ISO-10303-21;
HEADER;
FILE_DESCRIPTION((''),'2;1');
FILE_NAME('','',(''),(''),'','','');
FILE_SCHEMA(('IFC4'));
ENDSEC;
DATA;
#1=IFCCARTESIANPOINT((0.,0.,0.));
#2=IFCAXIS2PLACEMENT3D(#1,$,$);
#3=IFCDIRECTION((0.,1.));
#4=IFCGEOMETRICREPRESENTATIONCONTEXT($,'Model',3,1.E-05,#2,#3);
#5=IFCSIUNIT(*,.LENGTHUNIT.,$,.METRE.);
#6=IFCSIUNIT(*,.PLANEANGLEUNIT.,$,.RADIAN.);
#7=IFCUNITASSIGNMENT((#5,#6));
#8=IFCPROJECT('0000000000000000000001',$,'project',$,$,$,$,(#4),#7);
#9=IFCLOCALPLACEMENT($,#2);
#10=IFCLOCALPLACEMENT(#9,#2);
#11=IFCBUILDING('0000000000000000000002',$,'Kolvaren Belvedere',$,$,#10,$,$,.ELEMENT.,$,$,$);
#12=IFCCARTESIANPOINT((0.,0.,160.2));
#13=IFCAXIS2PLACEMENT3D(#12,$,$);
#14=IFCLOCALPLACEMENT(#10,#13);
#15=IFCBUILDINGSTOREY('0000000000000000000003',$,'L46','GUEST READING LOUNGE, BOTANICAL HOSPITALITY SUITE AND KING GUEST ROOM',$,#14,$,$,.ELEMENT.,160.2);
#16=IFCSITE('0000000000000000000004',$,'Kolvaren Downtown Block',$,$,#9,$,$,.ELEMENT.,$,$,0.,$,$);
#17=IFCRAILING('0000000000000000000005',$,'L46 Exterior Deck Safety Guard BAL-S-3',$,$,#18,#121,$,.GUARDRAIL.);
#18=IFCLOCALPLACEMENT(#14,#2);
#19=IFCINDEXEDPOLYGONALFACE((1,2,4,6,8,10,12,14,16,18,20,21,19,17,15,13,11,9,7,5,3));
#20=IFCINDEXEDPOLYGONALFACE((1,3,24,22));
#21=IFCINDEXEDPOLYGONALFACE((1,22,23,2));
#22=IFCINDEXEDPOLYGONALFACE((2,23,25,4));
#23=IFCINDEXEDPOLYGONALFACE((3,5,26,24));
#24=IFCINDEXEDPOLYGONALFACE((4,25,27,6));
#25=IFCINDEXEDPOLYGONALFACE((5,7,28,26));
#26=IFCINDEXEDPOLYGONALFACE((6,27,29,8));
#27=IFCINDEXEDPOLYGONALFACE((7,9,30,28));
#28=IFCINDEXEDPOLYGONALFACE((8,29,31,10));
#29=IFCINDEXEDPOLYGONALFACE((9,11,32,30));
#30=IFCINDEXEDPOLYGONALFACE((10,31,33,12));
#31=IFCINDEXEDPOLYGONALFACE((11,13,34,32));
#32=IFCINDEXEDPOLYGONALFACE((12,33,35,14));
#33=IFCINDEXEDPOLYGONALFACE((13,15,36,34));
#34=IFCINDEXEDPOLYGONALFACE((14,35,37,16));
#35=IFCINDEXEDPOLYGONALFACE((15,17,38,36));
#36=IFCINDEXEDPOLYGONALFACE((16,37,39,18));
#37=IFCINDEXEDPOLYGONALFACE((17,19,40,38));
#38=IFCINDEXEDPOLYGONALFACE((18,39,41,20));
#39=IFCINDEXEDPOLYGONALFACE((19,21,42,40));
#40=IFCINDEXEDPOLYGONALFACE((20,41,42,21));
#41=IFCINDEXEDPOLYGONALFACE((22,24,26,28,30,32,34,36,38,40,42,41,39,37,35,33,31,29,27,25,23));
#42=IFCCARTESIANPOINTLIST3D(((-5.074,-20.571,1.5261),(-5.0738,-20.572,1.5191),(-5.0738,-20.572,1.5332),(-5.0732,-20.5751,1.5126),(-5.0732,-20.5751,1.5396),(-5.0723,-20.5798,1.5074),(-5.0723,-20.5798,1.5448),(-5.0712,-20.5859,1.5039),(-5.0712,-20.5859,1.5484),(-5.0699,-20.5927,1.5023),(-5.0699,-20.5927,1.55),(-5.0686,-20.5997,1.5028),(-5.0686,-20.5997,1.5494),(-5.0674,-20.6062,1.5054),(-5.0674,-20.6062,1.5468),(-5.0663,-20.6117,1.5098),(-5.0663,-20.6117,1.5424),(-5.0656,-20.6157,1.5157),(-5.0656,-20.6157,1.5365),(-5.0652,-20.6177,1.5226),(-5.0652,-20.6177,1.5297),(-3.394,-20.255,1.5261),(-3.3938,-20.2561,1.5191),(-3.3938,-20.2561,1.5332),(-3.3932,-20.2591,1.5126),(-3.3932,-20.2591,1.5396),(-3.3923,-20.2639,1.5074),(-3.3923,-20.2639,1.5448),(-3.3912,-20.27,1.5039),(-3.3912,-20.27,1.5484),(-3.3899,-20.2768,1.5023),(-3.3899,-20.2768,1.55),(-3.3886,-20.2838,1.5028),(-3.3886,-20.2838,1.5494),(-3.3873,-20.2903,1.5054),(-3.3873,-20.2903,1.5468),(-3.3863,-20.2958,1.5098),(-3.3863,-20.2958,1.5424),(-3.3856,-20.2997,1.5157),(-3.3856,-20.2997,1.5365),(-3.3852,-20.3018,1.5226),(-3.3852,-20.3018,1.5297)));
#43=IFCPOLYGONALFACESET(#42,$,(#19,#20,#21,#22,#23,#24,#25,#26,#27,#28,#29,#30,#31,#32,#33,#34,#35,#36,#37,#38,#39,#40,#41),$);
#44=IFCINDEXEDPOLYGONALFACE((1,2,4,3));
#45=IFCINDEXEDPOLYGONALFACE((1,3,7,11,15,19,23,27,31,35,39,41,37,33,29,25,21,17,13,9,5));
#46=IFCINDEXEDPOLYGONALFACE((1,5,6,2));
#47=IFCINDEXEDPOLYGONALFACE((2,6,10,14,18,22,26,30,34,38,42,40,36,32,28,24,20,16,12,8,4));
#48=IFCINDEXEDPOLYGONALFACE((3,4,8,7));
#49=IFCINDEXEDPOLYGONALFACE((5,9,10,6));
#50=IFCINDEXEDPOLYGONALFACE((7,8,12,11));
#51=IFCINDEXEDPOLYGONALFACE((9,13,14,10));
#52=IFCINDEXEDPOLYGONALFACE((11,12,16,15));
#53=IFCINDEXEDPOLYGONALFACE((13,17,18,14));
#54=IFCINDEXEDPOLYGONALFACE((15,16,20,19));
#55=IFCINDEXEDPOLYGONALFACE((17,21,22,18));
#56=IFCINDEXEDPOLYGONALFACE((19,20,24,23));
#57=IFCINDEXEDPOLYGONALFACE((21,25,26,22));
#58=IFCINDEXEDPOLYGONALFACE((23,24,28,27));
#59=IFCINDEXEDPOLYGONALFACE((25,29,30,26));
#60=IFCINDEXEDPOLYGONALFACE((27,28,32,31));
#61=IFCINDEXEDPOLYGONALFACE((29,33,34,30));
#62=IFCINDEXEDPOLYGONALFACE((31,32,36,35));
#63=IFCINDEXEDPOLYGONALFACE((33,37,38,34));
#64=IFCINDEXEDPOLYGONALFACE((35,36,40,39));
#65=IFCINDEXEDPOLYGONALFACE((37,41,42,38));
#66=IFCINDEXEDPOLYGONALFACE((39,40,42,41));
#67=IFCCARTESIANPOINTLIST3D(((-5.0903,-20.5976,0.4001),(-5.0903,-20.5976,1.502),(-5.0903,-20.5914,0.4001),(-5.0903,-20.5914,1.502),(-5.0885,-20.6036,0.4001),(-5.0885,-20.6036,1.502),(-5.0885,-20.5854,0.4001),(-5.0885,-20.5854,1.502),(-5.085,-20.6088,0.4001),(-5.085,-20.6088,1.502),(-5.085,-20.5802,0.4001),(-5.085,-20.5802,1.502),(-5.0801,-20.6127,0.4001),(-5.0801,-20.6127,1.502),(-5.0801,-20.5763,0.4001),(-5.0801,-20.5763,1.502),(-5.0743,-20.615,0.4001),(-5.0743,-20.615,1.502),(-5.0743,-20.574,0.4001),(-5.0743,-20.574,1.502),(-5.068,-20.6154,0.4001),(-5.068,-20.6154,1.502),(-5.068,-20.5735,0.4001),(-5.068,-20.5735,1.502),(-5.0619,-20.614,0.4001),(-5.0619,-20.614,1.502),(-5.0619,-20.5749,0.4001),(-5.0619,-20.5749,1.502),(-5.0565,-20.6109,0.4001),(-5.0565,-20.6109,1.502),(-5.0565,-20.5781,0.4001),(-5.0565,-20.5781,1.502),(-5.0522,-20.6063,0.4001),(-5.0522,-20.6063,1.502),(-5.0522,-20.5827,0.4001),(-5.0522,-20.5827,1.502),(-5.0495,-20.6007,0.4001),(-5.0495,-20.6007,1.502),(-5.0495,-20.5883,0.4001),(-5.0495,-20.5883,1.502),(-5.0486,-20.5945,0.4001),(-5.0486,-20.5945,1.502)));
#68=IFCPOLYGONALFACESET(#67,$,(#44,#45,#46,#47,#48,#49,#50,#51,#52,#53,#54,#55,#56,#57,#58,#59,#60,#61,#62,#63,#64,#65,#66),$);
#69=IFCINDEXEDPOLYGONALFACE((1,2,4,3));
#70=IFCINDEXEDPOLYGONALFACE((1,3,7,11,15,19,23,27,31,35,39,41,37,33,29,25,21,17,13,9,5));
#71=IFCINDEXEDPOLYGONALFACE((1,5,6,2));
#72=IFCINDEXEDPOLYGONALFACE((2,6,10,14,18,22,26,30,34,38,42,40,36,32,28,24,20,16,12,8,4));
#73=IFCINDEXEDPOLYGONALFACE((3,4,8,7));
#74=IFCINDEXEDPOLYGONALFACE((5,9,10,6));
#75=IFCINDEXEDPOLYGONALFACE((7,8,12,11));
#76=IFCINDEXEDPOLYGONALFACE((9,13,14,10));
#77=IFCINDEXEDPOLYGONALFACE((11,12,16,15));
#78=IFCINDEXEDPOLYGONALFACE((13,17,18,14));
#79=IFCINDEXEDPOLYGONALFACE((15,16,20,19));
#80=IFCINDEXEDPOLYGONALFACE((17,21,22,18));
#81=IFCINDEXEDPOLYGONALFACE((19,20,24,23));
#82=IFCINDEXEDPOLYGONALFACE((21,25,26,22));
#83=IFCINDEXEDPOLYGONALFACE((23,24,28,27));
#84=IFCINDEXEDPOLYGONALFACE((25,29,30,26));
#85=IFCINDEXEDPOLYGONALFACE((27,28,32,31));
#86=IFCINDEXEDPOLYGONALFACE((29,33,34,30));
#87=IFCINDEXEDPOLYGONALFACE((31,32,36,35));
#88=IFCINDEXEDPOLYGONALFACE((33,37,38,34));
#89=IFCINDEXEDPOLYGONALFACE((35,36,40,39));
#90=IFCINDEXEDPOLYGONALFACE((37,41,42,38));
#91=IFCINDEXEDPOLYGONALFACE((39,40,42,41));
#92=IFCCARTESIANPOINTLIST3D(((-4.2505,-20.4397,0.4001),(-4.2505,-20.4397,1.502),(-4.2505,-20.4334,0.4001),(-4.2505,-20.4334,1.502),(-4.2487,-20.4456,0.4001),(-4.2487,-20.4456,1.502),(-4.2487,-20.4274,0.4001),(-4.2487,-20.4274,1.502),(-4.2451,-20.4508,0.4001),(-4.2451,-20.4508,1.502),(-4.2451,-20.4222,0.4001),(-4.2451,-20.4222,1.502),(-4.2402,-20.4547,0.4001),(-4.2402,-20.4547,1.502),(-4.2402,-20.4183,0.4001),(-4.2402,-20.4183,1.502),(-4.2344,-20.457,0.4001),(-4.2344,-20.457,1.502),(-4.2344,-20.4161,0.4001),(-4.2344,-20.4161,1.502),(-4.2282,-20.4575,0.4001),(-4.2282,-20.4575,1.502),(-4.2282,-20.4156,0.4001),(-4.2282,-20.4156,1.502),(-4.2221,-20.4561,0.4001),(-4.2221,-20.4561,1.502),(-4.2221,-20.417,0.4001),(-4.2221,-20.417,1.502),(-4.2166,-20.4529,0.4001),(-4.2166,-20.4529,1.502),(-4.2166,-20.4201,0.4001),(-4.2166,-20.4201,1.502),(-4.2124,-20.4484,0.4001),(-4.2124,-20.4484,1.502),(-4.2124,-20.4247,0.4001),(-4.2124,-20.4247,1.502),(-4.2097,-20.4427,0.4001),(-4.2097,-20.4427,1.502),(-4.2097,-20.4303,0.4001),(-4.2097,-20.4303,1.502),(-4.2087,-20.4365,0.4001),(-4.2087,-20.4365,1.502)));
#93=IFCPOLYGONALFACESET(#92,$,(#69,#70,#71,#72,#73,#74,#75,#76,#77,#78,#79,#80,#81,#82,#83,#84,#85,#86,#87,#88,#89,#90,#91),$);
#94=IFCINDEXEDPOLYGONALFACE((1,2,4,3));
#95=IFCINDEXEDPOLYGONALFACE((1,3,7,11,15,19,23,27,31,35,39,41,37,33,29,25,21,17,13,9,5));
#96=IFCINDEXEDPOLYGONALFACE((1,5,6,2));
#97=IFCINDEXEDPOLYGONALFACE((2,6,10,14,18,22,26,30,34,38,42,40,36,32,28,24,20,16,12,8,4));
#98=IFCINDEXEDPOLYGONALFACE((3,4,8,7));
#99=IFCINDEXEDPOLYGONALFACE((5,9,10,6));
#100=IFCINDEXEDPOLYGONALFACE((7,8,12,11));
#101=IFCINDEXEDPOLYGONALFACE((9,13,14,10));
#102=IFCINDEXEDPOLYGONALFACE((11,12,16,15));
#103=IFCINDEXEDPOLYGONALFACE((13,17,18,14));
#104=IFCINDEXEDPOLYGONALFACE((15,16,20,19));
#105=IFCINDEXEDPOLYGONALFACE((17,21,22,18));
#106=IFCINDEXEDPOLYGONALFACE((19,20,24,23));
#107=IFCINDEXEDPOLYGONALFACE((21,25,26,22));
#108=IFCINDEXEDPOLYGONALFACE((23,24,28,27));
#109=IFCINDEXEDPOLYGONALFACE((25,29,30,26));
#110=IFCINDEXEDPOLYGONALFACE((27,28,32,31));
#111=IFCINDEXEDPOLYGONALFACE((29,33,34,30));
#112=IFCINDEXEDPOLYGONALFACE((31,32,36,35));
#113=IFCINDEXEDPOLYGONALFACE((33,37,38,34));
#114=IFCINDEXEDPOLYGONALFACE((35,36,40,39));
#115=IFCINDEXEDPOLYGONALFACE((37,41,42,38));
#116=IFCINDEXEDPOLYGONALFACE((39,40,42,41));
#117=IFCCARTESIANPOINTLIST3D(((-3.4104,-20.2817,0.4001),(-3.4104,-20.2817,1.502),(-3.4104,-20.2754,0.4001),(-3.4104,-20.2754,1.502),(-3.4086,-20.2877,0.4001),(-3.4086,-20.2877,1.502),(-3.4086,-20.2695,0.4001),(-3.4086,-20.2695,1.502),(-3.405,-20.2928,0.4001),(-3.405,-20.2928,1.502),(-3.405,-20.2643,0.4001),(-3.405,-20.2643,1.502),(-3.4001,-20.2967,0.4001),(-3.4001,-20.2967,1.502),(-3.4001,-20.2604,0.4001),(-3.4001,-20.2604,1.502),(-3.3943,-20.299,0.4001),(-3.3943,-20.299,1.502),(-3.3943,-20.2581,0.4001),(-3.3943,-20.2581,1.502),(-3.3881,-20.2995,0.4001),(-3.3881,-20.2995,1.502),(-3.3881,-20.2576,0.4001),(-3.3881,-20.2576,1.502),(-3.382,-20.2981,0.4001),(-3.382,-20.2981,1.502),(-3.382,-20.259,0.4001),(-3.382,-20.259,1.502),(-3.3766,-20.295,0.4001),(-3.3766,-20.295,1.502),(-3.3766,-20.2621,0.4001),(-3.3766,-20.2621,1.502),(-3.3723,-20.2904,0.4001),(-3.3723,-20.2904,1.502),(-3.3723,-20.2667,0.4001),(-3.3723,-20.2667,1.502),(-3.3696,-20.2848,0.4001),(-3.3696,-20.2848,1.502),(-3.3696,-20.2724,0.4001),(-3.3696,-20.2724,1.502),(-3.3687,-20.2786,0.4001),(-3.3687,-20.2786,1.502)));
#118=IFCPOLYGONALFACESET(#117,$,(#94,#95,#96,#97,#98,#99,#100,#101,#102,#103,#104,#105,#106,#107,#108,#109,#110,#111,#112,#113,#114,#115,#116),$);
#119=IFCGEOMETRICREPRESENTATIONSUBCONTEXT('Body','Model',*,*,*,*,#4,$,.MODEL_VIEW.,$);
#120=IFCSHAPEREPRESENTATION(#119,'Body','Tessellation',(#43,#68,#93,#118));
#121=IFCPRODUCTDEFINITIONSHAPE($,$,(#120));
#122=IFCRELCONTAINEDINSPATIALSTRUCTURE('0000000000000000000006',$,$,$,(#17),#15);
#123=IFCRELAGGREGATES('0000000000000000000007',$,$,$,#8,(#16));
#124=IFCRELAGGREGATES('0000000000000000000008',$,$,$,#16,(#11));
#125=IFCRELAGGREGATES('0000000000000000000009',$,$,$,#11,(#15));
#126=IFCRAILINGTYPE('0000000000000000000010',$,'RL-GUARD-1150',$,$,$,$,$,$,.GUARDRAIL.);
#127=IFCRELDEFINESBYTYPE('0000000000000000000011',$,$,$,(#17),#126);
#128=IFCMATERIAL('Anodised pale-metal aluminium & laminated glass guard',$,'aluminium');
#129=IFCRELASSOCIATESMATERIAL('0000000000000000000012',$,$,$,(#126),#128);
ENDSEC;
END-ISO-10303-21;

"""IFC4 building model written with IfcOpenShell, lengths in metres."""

from ifc_helpers import new_model, si_unit, direction, frame, origin, origin_2d, place, context, subcontext, project, spatial, circle, extrude, material, type_object, element, save


model = new_model("IFC4")

# Units and contexts
model_context = context("Model", 3, precision=1e-05, world=origin(), true_north=direction((0.0, 1.0)))
body_context = subcontext(model_context, "Body", "Model", "MODEL_VIEW")
ifc_project = project(units=[si_unit("LENGTHUNIT", "METRE"), si_unit("PLANEANGLEUNIT", "RADIAN")], contexts=[model_context])

# Site, building, storey
site_placement = place(None, origin())
site = spatial("IfcSite", under=ifc_project, at=site_placement, Name="Kolvaren Downtown Block", CompositionType="ELEMENT", RefElevation=0.0)
building_placement = place(site_placement, origin())
building = spatial("IfcBuilding", under=site, at=building_placement, Name="Kolvaren Belvedere", CompositionType="ELEMENT")
storey_placement = place(building_placement, frame((0.0, 0.0, 160.2)))
storey = spatial("IfcBuildingStorey", under=building, at=storey_placement, Name="L46", Description="GUEST READING LOUNGE, BOTANICAL HOSPITALITY SUITE AND KING GUEST ROOM", CompositionType="ELEMENT", Elevation=160.2)

# Railing
ifc_material_1 = material(Name="Anodised pale-metal aluminium & laminated glass guard", Category="aluminium")
railing_type = type_object("IfcRailingType", Name="RL-GUARD-1150", PredefinedType="GUARDRAIL", material=ifc_material_1)
railing_1_placement = place(storey_placement, frame((-5.0696, -20.5945, 0.4001)))
element("IfcRailing", 1, at=railing_1_placement, inside=storey, type_object=railing_type, Name="L46 Exterior Deck Safety Guard BAL-S-3", PredefinedType="GUARDRAIL", context=body_context, shape_type="SweptSolid", body=[
    extrude(circle(Radius=0.0239, at=origin_2d()), frame((0.0, 0.0, 1.126), z_axis=(0.982773, 0.184815, 0.0), x_axis=(-0.184815, 0.982773, 0.0)), (0.0, 0.0, 1.0), 1.7095),
    extrude(circle(Radius=0.021, at=origin_2d()), origin(), (0.0, 0.0, 1.0), 1.1018),
    extrude(circle(Radius=0.021, at=origin_2d()), frame((0.8398, 0.158, 0.0)), (0.0, 0.0, 1.0), 1.1018),
    extrude(circle(Radius=0.021, at=origin_2d()), frame((1.6799, 0.3159, 0.0)), (0.0, 0.0, 1.0), 1.1018),
])

save(model, "model.ifc")
